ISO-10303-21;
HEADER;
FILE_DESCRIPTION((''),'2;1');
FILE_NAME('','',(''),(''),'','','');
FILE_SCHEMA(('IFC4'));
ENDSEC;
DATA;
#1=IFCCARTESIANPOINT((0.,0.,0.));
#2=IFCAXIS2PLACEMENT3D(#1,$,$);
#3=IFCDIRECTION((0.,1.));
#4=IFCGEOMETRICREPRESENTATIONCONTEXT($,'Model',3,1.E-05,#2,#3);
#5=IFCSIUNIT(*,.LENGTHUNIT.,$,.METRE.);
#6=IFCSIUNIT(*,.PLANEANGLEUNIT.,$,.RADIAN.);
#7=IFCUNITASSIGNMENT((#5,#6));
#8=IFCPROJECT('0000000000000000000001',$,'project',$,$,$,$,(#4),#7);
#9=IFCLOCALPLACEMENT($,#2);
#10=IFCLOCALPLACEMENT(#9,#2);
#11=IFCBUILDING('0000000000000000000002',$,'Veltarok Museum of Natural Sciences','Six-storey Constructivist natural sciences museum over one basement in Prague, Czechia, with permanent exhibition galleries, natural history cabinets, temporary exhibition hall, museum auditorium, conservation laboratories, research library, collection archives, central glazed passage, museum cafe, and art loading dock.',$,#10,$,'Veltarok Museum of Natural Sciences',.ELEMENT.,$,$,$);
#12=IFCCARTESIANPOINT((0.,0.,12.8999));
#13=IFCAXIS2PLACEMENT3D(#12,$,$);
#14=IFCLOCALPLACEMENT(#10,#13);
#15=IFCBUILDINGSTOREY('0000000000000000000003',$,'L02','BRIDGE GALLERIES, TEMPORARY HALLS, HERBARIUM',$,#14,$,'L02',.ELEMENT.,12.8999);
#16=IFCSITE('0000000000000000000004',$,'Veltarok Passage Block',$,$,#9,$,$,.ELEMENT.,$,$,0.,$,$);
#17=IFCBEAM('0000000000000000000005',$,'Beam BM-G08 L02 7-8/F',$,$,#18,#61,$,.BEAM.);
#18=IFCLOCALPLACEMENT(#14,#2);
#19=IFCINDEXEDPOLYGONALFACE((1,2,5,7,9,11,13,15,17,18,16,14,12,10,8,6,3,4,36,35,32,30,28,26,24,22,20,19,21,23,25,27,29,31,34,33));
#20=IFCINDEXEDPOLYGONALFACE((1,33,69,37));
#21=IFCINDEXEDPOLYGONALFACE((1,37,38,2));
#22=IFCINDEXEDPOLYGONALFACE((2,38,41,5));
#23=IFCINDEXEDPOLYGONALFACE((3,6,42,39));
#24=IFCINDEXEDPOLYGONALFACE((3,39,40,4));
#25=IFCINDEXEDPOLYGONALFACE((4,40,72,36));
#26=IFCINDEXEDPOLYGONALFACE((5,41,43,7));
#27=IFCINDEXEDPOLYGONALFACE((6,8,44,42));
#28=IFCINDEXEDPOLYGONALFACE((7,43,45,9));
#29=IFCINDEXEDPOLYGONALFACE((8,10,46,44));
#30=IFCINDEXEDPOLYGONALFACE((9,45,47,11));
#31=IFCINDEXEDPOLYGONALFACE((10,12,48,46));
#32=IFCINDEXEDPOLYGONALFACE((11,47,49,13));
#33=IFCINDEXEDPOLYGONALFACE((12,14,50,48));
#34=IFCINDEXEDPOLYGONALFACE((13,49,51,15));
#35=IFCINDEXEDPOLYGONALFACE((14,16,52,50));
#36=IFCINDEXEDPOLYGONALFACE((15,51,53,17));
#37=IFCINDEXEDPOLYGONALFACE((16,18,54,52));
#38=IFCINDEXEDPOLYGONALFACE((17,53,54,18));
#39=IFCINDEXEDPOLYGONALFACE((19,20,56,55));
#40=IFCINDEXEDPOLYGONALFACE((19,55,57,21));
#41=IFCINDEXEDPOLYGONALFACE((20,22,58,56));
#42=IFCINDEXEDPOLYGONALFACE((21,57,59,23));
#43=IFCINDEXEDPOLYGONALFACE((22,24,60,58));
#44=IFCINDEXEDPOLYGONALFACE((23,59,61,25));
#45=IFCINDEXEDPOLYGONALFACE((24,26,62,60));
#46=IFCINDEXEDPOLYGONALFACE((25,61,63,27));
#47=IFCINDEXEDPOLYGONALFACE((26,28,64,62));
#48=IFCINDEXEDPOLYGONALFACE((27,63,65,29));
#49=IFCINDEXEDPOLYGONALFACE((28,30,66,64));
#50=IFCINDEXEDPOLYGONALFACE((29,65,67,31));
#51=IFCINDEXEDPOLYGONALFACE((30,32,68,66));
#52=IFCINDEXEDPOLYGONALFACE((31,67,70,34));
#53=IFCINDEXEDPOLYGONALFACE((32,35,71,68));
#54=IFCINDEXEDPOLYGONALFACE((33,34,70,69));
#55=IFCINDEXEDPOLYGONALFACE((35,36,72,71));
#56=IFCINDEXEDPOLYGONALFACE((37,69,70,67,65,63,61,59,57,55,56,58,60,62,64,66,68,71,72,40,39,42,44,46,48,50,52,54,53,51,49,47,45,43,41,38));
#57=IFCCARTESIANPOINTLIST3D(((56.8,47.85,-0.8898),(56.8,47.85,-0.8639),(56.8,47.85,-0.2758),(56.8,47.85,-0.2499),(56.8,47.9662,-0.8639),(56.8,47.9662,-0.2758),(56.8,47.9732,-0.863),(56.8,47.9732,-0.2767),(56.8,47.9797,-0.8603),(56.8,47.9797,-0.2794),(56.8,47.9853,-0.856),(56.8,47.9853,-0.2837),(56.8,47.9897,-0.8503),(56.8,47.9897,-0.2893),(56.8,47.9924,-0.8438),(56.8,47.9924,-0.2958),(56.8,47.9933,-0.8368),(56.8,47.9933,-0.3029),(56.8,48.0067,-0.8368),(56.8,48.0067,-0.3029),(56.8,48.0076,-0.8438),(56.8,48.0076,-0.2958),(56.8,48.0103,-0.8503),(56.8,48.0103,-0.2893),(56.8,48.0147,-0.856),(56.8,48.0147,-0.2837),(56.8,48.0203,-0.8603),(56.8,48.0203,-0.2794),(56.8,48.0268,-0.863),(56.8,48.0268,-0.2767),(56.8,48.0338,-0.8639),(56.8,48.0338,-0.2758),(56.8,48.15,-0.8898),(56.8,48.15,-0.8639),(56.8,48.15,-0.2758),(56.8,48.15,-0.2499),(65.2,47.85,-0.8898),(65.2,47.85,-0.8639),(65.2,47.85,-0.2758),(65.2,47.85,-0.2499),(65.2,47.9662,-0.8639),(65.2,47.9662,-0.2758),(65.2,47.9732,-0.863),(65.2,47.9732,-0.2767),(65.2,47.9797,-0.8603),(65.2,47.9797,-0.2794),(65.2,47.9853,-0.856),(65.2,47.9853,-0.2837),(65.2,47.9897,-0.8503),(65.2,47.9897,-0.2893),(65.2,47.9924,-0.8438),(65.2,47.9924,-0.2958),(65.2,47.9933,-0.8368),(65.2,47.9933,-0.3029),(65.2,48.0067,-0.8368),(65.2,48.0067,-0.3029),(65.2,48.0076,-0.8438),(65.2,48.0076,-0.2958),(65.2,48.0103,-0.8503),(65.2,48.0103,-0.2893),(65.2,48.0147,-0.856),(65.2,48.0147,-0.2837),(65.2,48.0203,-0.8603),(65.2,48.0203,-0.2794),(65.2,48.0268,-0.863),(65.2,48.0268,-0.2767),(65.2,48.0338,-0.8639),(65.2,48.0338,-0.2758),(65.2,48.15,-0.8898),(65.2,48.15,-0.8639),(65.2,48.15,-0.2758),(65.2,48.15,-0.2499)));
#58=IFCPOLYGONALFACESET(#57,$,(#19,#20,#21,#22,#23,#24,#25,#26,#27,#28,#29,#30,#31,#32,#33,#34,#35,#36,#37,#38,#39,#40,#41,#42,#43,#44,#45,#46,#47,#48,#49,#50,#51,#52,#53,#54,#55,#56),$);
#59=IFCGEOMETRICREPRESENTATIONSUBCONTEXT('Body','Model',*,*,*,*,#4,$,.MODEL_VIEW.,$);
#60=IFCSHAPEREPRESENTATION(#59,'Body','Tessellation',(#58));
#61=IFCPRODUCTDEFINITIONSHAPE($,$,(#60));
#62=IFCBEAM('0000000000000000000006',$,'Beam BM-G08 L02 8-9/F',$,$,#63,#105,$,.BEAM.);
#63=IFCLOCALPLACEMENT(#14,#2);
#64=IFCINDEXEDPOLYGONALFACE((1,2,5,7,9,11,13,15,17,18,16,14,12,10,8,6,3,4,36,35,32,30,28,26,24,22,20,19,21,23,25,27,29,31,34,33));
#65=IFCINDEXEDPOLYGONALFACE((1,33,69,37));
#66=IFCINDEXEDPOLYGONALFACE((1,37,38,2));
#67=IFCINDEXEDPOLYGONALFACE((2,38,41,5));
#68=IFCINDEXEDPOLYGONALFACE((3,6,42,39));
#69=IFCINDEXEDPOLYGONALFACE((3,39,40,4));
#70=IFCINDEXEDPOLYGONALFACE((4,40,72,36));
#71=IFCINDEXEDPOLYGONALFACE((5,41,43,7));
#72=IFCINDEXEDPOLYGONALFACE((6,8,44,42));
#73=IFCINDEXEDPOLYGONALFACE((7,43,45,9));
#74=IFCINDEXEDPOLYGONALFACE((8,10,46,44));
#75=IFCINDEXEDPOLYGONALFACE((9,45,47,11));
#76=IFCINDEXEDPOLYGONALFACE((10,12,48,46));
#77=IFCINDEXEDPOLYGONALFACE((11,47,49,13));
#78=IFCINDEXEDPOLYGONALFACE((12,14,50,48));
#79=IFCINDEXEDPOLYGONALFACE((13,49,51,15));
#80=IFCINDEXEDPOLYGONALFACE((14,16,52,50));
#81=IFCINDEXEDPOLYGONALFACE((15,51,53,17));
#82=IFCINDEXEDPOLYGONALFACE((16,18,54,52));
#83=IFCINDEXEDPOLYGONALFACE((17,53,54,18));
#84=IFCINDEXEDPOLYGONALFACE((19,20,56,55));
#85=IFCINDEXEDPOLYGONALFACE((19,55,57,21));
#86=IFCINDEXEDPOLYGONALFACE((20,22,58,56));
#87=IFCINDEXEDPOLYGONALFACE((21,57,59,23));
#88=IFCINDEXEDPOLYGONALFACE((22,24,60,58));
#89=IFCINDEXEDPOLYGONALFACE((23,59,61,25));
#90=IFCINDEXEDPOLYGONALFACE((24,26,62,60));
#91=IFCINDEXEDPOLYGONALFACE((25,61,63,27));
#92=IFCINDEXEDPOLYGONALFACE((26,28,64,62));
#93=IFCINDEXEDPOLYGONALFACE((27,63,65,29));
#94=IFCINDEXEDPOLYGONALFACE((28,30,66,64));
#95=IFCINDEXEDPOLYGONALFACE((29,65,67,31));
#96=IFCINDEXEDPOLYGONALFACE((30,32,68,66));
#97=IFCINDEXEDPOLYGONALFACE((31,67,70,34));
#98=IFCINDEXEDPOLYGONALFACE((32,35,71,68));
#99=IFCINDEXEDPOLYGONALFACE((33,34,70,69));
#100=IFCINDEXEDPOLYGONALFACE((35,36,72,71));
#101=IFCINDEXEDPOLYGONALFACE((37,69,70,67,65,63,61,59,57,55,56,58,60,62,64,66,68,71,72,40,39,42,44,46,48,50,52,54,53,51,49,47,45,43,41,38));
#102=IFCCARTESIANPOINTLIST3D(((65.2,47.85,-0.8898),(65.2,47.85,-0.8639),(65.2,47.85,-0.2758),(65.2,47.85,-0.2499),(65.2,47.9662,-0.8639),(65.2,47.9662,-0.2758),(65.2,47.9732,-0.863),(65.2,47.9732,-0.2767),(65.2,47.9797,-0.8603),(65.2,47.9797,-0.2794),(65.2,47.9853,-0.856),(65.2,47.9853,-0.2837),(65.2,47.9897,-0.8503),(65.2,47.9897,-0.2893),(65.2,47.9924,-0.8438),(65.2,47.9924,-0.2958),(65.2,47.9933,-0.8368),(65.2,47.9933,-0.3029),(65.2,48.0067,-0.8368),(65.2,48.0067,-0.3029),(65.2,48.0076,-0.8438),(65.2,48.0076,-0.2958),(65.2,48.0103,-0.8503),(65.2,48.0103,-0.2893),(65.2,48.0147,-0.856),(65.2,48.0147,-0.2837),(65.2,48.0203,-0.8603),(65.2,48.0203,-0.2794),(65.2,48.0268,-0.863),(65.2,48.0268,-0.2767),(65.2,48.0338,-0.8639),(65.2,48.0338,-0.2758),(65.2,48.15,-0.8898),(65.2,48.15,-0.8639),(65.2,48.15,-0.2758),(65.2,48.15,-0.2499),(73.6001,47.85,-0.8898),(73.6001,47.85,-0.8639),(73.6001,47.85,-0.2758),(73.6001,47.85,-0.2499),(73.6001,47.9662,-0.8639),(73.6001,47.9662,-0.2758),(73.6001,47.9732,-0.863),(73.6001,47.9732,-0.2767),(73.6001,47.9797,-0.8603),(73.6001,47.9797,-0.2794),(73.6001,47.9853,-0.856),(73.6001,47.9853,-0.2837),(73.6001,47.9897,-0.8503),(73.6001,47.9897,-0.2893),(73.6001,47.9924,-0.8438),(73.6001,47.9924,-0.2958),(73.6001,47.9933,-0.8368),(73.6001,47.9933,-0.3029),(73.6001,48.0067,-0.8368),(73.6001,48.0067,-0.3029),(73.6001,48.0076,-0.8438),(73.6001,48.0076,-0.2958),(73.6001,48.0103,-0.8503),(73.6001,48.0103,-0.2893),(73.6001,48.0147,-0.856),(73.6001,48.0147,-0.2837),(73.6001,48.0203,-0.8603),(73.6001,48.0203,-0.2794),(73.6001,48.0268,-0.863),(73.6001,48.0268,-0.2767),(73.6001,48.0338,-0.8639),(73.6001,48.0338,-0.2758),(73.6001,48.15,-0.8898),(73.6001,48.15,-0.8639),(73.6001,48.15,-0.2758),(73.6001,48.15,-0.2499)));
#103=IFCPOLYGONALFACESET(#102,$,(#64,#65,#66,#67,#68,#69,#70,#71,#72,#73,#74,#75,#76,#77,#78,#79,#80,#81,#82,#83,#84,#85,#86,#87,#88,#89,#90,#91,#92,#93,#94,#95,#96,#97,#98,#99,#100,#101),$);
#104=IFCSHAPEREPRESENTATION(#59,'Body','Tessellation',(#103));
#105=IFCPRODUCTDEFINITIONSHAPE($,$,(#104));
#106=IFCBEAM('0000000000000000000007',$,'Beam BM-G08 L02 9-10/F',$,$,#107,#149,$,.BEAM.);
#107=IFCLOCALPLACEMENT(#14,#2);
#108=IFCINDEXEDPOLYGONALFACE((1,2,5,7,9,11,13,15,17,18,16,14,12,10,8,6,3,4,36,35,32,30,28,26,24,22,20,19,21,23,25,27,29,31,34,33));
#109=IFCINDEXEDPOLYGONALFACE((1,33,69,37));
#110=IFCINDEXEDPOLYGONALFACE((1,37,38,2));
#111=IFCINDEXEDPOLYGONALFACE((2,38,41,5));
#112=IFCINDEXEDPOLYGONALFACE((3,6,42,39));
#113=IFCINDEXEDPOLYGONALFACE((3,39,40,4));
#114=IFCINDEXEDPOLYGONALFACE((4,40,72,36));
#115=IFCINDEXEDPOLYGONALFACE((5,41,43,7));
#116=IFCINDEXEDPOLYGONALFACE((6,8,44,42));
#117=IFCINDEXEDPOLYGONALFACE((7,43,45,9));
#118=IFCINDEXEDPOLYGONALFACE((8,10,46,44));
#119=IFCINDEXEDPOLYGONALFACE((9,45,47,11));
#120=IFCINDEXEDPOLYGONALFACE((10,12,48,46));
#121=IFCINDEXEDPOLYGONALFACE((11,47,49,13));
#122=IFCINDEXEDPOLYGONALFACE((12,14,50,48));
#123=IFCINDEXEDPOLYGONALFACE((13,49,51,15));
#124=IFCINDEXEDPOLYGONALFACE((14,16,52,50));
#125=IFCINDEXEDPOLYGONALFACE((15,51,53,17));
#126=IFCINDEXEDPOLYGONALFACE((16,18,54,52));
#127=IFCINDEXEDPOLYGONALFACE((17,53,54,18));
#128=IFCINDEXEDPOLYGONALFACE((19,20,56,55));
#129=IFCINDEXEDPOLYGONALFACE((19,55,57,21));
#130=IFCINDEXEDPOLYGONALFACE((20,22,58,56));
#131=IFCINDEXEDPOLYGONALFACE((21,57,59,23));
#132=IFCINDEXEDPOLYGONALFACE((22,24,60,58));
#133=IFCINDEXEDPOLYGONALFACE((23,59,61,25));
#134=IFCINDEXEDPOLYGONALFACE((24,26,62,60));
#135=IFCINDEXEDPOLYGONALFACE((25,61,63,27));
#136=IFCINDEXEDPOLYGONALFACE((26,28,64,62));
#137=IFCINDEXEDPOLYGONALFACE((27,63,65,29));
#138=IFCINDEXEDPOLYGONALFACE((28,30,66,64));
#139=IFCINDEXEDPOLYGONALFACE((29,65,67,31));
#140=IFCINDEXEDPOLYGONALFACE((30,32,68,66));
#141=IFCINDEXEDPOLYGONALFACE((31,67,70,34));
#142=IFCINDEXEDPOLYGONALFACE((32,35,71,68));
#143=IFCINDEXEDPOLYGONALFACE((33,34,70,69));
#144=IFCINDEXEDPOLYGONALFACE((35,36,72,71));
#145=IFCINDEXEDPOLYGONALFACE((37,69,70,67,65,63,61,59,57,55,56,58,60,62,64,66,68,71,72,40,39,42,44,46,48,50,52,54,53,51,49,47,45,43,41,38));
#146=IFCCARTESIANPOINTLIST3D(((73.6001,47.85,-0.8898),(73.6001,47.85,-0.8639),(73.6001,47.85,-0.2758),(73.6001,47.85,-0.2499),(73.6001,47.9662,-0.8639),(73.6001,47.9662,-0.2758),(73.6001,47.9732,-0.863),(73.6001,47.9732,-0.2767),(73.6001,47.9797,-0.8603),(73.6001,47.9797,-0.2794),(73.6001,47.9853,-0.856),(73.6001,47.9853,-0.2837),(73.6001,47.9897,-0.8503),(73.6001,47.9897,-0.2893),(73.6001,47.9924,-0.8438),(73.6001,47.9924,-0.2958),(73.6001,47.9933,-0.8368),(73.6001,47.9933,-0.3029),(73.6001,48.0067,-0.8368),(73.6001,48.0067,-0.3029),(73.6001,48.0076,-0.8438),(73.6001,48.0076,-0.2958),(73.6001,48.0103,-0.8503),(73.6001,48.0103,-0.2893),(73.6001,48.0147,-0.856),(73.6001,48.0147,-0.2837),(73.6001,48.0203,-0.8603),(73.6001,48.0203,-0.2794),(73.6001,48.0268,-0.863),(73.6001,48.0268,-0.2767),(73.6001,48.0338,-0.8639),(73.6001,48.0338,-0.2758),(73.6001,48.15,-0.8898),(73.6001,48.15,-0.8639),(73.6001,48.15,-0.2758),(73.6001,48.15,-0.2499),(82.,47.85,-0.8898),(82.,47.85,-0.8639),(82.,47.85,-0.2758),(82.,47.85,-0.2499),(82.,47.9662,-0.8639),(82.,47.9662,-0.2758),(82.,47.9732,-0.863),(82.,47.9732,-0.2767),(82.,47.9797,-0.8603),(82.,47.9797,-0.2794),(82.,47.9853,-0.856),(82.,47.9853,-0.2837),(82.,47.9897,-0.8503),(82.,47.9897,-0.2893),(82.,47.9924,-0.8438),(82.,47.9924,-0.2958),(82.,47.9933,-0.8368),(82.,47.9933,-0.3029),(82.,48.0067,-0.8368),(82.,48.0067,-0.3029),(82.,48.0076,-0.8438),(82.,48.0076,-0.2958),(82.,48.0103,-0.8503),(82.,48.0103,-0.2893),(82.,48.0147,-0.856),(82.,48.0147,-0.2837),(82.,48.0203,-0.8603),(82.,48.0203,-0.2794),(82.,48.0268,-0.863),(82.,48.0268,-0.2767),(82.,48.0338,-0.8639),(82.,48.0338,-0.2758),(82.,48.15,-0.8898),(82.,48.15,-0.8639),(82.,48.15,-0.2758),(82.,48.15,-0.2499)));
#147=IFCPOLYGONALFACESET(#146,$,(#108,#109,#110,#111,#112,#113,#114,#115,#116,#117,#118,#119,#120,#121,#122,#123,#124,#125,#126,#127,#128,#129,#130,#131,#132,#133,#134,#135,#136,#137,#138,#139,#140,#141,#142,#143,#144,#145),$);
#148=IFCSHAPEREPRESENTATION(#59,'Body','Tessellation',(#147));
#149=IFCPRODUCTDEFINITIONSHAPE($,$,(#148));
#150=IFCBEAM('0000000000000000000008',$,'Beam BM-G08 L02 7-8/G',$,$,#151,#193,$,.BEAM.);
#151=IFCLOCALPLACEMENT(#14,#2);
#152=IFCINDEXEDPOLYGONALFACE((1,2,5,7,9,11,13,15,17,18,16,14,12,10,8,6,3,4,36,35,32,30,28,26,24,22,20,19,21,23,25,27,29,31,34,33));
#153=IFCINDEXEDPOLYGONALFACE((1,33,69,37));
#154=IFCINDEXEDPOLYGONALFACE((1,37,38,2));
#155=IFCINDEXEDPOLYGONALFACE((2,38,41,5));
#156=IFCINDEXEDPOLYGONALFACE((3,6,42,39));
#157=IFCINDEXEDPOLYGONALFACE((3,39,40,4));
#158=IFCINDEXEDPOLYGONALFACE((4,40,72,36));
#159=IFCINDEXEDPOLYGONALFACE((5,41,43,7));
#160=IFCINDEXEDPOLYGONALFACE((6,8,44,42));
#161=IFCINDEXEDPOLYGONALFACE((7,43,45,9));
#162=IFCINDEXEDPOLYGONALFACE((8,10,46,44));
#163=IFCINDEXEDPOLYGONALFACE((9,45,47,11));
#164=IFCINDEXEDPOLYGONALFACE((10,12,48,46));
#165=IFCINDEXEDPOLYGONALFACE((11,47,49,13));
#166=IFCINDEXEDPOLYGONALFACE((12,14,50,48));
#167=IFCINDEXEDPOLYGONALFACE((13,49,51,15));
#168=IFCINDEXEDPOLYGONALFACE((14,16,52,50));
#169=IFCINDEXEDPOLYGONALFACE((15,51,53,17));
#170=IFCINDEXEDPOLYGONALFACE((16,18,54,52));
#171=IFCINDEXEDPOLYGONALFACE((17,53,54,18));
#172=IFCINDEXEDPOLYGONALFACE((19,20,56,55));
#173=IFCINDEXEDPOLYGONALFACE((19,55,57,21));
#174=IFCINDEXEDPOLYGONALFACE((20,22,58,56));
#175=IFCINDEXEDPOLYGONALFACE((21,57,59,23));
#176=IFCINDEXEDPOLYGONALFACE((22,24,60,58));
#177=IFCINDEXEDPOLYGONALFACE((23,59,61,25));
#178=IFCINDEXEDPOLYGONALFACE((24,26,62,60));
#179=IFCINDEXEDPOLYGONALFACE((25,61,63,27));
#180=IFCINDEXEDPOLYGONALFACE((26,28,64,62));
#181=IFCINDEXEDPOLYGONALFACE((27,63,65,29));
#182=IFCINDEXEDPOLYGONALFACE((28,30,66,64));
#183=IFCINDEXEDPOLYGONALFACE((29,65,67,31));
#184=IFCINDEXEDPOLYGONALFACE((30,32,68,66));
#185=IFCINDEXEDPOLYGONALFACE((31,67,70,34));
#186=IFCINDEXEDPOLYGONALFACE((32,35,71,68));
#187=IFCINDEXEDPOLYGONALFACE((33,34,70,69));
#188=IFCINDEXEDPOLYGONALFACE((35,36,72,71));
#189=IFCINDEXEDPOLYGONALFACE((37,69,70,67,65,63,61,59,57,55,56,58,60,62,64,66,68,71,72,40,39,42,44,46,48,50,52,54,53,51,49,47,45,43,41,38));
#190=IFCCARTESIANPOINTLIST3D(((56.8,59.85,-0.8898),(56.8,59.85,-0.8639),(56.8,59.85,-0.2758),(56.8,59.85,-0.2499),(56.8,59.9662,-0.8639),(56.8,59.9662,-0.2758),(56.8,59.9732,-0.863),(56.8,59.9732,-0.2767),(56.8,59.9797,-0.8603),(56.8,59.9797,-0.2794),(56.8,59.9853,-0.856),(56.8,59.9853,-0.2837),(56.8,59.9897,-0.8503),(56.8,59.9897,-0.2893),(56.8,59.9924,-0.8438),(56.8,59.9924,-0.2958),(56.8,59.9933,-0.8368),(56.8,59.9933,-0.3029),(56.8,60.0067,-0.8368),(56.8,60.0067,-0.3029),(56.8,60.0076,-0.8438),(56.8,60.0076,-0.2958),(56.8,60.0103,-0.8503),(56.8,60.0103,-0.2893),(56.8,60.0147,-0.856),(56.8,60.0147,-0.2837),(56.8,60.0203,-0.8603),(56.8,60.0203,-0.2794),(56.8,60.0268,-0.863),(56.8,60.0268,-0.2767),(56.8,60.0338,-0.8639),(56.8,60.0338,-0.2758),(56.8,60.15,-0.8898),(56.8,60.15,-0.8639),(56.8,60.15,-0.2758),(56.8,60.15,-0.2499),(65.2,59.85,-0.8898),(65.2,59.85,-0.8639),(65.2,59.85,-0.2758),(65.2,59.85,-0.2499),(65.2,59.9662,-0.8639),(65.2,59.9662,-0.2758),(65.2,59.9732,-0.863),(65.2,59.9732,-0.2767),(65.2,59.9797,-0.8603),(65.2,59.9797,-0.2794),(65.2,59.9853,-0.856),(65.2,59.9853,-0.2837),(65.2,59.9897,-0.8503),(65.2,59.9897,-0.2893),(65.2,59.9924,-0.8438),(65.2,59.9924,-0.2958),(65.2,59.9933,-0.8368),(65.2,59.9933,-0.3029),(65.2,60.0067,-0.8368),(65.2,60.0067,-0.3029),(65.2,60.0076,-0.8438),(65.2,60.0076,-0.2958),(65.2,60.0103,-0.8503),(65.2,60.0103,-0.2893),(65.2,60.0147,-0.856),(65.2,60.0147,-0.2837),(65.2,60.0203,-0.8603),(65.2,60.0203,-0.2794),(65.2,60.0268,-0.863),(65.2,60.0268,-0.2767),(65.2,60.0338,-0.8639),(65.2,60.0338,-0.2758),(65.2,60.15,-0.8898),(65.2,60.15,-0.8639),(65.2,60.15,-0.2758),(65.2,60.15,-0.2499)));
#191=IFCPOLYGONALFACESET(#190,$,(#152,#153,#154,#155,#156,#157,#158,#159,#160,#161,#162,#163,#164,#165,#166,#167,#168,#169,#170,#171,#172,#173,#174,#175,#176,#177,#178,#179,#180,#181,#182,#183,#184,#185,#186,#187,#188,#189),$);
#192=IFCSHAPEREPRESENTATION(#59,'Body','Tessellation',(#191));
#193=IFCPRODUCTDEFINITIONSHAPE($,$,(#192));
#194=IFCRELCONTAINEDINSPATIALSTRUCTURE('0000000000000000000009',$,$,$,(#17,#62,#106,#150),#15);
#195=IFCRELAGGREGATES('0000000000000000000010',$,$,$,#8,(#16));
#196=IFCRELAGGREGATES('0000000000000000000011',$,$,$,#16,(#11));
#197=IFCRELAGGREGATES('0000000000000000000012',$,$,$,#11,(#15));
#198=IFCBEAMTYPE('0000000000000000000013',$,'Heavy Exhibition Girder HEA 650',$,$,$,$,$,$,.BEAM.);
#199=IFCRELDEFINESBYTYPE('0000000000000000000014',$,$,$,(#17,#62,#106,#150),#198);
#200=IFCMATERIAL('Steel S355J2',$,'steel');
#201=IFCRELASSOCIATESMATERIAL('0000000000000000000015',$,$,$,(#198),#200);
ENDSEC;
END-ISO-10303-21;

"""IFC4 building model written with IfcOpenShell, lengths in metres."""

from ifc_helpers import new_model, si_unit, direction, frame, origin, origin_2d, place, context, subcontext, project, spatial, i_section, extrude, material, material_profile, profile_set, type_object, element, save


model = new_model("IFC4")

# Units and contexts
model_context = context("Model", 3, precision=1e-05, world=origin(), true_north=direction((0.0, 1.0)))
body_context = subcontext(model_context, "Body", "Model", "MODEL_VIEW")
ifc_project = project(units=[si_unit("LENGTHUNIT", "METRE"), si_unit("PLANEANGLEUNIT", "RADIAN")], contexts=[model_context])

# Site, building, storey
site_placement = place(None, origin())
site = spatial("IfcSite", under=ifc_project, at=site_placement, Name="Veltarok Passage Block", CompositionType="ELEMENT", RefElevation=0.0)
building_placement = place(site_placement, origin())
building = spatial("IfcBuilding", under=site, at=building_placement, Name="Veltarok Museum of Natural Sciences", Description="Six-storey Constructivist natural sciences museum over one basement in Prague, Czechia, with permanent exhibition galleries, natural history cabinets, temporary exhibition hall, museum auditorium, conservation laboratories, research library, collection archives, central glazed passage, museum cafe, and art loading dock.", LongName="Veltarok Museum of Natural Sciences", CompositionType="ELEMENT")
storey_placement = place(building_placement, frame((0.0, 0.0, 12.8999)))
storey = spatial("IfcBuildingStorey", under=building, at=storey_placement, Name="L02", Description="BRIDGE GALLERIES, TEMPORARY HALLS, HERBARIUM", LongName="L02", CompositionType="ELEMENT", Elevation=12.8999)

# Shared definitions
ifc_material_1 = material(Name="Steel S355J2", Category="steel")

# Beams
ifc_material_profile_1 = material_profile(ifc_material_1, i_section(OverallWidth=0.3, OverallDepth=0.6399, WebThickness=0.0134, FlangeThickness=0.0259, FilletRadius=0.0271, at=origin_2d()), Name="HEA 650")
ifc_profile_set_1 = profile_set([ifc_material_profile_1], Name="Steel S355J2")
beam_type_1 = type_object("IfcBeamType", Name="Heavy Exhibition Girder HEA 650", PredefinedType="BEAM", material=ifc_profile_set_1)
beam_1_placement = place(storey_placement, frame((56.8, 48.0, -0.5698), z_axis=(1.0, 0.0, 0.0), x_axis=(0.0, 1.0, 0.0)))
element("IfcBeam", 1, at=beam_1_placement, inside=storey, type_object=beam_type_1, Name="Beam BM-G08 L02 7-8/F", PredefinedType="BEAM", context=body_context, shape_type="SweptSolid", body=[
    extrude(i_section(OverallWidth=0.3, OverallDepth=0.6399, WebThickness=0.0134, FlangeThickness=0.0259, FilletRadius=0.0271, at=origin_2d()), origin(), (0.0, 0.0, 1.0), 8.3999),
])
beam_2_placement = place(storey_placement, frame((65.2, 48.0, -0.5698), z_axis=(1.0, 0.0, 0.0), x_axis=(0.0, 1.0, 0.0)))
element("IfcBeam", 2, at=beam_2_placement, inside=storey, type_object=beam_type_1, Name="Beam BM-G08 L02 8-9/F", PredefinedType="BEAM", context=body_context, shape_type="SweptSolid", body=[
    extrude(i_section(OverallWidth=0.3, OverallDepth=0.6399, WebThickness=0.0134, FlangeThickness=0.0259, FilletRadius=0.0271, at=origin_2d()), origin(), (0.0, 0.0, 1.0), 8.4001),
])
for number, where, z_axis, x_axis, name in (
    (3, (73.6001, 48.0, -0.5698), (1.0, 0.0, 0.0), (0.0, 1.0, 0.0), "Beam BM-G08 L02 9-10/F"),
    (4, (56.8, 60.0, -0.5698), (1.0, 0.0, 0.0), (0.0, 1.0, 0.0), "Beam BM-G08 L02 7-8/G"),
):
    element("IfcBeam", number, at=place(storey_placement, frame(where, z_axis=z_axis, x_axis=x_axis)), inside=storey, type_object=beam_type_1, Name=name, PredefinedType="BEAM", context=body_context, shape_type="SweptSolid", body=[
        extrude(i_section(OverallWidth=0.3, OverallDepth=0.6399, WebThickness=0.0134, FlangeThickness=0.0259, FilletRadius=0.0271, at=origin_2d()), origin(), (0.0, 0.0, 1.0), 8.3999),
    ])

save(model, "model.ifc")
